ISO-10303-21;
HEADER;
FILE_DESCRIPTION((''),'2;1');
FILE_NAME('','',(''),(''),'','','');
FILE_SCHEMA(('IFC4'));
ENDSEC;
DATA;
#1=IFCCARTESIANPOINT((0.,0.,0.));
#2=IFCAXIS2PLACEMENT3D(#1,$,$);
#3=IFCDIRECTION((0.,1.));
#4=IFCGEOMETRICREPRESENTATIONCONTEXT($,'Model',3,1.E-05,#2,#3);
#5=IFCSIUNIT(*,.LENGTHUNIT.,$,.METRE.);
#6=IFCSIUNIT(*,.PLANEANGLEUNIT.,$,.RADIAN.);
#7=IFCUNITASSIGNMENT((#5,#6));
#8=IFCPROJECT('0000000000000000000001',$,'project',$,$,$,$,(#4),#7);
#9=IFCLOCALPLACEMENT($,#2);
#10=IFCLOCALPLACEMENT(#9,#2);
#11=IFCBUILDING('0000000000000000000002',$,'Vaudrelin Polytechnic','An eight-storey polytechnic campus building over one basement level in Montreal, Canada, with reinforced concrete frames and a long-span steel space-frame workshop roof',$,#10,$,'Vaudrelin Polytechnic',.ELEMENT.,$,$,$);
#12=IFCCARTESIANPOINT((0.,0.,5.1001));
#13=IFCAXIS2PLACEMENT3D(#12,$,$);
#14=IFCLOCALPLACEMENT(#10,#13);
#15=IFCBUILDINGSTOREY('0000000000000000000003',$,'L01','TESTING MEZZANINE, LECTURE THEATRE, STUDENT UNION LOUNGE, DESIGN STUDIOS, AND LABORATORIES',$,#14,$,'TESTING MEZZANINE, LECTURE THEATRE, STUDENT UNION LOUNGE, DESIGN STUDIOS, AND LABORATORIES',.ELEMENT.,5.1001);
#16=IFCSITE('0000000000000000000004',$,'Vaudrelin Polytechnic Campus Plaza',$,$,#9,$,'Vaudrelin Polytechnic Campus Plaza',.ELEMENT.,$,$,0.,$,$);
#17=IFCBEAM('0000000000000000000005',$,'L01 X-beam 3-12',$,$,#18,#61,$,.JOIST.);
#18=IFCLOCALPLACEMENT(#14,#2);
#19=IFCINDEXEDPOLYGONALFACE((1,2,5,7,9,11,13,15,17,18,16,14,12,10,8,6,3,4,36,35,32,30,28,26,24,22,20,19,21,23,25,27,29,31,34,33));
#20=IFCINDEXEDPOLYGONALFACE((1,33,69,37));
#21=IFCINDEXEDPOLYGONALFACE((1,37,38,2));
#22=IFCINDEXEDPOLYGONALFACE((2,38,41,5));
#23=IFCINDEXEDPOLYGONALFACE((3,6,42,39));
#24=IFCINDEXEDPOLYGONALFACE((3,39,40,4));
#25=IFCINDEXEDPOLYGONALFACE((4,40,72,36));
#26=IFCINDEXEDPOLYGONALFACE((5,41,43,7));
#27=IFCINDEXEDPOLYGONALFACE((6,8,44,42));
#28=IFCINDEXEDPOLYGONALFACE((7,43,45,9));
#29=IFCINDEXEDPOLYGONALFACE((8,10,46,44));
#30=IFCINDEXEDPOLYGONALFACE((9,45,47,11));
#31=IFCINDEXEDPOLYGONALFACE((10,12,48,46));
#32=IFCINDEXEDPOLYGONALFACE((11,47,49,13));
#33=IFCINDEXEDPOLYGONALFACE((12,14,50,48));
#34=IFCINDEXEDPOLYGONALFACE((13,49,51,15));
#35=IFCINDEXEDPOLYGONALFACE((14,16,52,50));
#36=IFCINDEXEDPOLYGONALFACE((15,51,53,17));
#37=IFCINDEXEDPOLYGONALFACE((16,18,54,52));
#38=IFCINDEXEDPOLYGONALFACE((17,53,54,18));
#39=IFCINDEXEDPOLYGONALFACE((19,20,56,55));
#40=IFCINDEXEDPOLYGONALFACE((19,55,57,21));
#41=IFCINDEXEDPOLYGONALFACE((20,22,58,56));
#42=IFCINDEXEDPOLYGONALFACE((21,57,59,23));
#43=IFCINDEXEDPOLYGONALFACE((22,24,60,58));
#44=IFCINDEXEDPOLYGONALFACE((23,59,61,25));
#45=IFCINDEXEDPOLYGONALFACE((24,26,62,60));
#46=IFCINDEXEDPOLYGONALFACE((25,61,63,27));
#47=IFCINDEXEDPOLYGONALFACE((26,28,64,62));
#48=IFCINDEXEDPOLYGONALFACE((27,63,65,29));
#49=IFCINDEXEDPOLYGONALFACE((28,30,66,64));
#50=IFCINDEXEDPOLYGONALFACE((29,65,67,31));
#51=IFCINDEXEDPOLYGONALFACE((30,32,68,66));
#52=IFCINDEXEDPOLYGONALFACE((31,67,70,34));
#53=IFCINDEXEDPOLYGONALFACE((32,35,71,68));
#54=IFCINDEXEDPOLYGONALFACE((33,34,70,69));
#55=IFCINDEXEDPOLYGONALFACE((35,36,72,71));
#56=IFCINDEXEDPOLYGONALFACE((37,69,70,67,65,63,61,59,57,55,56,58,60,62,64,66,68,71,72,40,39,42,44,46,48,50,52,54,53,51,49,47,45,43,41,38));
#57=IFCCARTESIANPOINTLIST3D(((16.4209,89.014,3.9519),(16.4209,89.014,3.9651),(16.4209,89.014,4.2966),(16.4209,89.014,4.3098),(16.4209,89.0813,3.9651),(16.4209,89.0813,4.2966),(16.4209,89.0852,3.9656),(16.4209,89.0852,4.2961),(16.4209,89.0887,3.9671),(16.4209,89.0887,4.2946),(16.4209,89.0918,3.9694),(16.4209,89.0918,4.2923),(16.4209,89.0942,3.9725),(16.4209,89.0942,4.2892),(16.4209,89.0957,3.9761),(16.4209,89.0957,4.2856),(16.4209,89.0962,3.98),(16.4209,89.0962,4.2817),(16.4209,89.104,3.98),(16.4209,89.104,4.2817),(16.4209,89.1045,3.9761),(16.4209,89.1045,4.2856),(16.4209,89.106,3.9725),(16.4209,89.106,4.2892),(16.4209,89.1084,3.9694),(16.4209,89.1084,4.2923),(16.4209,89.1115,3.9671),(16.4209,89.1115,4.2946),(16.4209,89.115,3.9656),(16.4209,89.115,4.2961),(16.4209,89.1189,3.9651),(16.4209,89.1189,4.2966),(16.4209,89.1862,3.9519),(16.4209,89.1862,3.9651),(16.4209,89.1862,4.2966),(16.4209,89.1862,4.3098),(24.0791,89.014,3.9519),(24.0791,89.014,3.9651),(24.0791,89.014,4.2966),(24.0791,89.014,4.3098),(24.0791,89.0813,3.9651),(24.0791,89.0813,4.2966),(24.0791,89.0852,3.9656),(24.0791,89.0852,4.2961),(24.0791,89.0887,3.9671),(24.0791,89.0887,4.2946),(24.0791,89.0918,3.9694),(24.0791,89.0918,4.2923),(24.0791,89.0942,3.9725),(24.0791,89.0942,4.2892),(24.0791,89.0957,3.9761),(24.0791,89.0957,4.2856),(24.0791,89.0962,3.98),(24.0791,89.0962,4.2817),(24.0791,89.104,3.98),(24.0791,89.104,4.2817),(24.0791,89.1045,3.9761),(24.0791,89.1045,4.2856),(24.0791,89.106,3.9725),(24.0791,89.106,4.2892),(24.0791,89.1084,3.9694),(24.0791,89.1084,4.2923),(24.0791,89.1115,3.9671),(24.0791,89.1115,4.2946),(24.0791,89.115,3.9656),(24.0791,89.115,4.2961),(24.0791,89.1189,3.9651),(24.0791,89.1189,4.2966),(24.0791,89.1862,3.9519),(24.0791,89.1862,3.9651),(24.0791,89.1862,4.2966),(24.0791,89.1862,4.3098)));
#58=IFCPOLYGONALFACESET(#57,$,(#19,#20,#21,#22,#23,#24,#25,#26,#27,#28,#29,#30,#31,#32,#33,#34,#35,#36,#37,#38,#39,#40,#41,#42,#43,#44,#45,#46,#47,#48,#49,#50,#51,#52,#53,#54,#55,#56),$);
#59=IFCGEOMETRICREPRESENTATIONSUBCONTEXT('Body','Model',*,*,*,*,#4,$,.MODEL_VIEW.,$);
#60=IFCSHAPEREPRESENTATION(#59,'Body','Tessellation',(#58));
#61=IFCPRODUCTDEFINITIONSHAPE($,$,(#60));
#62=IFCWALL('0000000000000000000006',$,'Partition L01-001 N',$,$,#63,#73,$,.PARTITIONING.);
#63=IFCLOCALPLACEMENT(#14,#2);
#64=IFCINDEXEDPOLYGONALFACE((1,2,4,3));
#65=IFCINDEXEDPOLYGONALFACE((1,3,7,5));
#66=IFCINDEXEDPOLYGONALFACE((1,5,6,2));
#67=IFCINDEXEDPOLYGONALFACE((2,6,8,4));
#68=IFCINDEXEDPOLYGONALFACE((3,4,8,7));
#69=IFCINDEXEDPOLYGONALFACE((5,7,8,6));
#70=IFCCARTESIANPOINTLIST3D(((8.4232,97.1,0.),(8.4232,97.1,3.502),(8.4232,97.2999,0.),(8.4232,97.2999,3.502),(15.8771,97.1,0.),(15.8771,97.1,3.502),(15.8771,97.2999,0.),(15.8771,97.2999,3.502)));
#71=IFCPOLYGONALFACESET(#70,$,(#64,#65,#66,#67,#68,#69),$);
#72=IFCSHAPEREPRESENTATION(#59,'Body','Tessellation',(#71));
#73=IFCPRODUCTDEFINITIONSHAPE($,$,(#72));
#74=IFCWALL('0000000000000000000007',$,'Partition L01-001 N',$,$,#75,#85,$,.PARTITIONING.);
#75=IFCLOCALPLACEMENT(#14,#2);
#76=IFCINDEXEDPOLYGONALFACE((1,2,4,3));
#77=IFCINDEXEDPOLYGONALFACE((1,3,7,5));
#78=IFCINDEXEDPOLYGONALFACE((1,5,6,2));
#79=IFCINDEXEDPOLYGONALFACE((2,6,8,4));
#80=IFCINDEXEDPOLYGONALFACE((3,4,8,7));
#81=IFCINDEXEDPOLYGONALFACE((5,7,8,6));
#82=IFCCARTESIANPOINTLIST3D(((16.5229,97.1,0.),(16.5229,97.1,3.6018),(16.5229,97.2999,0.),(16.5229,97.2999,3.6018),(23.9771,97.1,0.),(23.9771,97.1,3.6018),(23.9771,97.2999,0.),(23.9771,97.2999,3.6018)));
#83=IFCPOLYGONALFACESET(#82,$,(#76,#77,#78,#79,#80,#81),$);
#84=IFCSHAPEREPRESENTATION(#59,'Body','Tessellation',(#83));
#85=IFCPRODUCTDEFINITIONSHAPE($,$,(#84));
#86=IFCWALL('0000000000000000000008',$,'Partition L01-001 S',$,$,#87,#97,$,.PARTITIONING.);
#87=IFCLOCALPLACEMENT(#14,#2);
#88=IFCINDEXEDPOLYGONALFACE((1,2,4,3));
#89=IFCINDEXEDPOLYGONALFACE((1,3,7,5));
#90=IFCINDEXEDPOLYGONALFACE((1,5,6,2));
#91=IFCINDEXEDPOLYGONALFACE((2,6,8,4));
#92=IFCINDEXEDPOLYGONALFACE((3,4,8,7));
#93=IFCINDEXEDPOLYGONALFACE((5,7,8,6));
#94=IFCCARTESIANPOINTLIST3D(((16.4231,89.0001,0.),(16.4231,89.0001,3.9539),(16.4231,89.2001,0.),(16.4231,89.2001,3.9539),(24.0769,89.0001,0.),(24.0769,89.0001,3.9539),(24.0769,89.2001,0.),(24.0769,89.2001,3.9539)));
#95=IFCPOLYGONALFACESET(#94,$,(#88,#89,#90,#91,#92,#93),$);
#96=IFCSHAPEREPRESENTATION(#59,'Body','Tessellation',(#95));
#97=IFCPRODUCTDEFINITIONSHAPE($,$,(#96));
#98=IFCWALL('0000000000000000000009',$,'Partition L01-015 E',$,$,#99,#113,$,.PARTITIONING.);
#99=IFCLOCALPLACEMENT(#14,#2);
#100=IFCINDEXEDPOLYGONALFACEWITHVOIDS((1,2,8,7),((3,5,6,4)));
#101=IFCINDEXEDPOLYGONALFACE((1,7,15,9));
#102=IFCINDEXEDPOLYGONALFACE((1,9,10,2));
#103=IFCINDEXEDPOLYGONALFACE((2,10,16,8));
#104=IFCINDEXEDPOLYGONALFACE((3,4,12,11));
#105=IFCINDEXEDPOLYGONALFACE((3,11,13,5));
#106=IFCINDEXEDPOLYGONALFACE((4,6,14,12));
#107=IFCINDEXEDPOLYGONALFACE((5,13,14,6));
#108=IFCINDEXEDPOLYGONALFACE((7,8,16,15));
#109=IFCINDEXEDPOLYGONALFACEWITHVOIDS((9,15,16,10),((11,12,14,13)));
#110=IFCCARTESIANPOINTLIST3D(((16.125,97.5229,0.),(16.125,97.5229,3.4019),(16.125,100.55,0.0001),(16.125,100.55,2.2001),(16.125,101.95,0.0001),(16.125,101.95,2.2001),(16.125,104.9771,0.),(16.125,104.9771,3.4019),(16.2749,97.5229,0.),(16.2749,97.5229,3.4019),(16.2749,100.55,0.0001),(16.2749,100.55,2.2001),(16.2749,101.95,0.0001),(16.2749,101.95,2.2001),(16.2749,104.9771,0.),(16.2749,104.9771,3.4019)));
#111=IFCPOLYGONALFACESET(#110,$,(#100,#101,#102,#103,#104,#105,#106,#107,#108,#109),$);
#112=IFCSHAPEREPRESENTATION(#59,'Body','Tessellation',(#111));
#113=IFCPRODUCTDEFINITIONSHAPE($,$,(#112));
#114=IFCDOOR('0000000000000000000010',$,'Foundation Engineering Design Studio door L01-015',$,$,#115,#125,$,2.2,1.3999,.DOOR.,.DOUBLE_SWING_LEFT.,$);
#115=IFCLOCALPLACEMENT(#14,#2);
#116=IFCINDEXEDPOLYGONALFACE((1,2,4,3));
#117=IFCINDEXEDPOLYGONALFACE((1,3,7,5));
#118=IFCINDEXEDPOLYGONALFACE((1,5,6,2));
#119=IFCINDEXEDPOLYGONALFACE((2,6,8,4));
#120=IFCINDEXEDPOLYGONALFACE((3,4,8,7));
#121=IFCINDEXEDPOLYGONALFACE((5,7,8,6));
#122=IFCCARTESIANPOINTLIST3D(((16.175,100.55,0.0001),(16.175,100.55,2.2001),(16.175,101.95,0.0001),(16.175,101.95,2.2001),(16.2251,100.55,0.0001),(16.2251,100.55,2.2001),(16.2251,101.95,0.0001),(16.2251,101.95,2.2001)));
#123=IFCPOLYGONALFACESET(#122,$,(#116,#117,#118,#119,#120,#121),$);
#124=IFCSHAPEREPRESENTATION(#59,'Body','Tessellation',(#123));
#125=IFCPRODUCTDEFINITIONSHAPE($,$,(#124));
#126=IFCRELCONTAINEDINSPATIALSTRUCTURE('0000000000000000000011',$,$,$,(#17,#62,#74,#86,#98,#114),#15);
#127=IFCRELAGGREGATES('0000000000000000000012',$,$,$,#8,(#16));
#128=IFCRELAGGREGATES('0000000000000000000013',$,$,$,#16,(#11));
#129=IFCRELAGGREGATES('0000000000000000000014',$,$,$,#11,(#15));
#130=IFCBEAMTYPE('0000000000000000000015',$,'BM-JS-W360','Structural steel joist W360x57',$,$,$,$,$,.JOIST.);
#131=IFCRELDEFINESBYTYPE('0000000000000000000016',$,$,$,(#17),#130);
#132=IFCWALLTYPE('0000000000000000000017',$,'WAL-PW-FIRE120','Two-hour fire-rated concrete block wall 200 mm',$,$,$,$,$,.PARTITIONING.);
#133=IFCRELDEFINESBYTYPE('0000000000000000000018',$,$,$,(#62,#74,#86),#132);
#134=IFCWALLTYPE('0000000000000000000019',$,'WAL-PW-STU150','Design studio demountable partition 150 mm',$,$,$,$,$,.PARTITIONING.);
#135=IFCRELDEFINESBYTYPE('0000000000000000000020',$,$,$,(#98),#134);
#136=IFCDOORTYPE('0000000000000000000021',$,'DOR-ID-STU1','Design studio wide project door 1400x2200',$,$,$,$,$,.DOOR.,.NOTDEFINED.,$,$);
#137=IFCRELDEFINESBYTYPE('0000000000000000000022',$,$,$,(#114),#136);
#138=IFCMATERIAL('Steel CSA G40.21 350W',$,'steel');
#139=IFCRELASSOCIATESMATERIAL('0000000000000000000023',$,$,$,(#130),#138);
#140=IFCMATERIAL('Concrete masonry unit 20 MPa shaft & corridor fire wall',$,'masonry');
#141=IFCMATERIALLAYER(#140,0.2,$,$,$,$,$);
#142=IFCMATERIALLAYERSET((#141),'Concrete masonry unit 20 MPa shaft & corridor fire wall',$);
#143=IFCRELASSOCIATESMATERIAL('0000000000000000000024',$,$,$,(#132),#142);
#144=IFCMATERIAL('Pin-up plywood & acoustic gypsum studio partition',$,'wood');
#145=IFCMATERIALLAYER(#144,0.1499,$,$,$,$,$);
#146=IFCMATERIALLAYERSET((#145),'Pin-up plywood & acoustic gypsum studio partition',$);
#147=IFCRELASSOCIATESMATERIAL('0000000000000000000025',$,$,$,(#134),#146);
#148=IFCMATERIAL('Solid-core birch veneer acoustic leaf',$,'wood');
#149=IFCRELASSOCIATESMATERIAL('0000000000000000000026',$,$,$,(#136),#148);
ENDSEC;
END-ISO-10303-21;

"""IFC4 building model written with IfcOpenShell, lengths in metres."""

from ifc_helpers import new_model, si_unit, direction, frame, frame_2d, origin, origin_2d, place, context, subcontext, project, spatial, rectangle, i_section, extrude, material, layer, layer_set, material_profile, profile_set, type_object, element, fill, save


model = new_model("IFC4")

# Units and contexts
model_context = context("Model", 3, precision=1e-05, world=origin(), true_north=direction((0.0, 1.0)))
body_context = subcontext(model_context, "Body", "Model", "MODEL_VIEW")
ifc_project = project(units=[si_unit("LENGTHUNIT", "METRE"), si_unit("PLANEANGLEUNIT", "RADIAN")], contexts=[model_context])

# Site, building, storey
site_placement = place(None, origin())
site = spatial("IfcSite", under=ifc_project, at=site_placement, Name="Vaudrelin Polytechnic Campus Plaza", LongName="Vaudrelin Polytechnic Campus Plaza", CompositionType="ELEMENT", RefElevation=0.0)
building_placement = place(site_placement, origin())
building = spatial("IfcBuilding", under=site, at=building_placement, Name="Vaudrelin Polytechnic", Description="An eight-storey polytechnic campus building over one basement level in Montreal, Canada, with reinforced concrete frames and a long-span steel space-frame workshop roof", LongName="Vaudrelin Polytechnic", CompositionType="ELEMENT")
storey_placement = place(building_placement, frame((0.0, 0.0, 5.1001)))
storey = spatial("IfcBuildingStorey", under=building, at=storey_placement, Name="L01", Description="TESTING MEZZANINE, LECTURE THEATRE, STUDENT UNION LOUNGE, DESIGN STUDIOS, AND LABORATORIES", LongName="TESTING MEZZANINE, LECTURE THEATRE, STUDENT UNION LOUNGE, DESIGN STUDIOS, AND LABORATORIES", CompositionType="ELEMENT", Elevation=5.1001)

# Beam
ifc_material_1 = material(Name="Steel CSA G40.21 350W", Category="steel")
ifc_material_profile_1 = material_profile(ifc_material_1, i_section(OverallWidth=0.1721, OverallDepth=0.3579, WebThickness=0.0078, FlangeThickness=0.0132, FilletRadius=0.0149, at=origin_2d()), Name="W360x57")
ifc_profile_set_1 = profile_set([ifc_material_profile_1], Name="Steel CSA G40.21 350W")
beam_type_1 = type_object("IfcBeamType", Name="BM-JS-W360", Description="Structural steel joist W360x57", PredefinedType="JOIST", material=ifc_profile_set_1)
beam_1_placement = place(storey_placement, frame((16.4209, 89.1001, 4.1309), z_axis=(1.0, 0.0, 0.0), x_axis=(0.0, 1.0, 0.0)))
element("IfcBeam", 1, at=beam_1_placement, inside=storey, type_object=beam_type_1, Name="L01 X-beam 3-12", PredefinedType="JOIST", context=body_context, shape_type="SweptSolid", body=[
    extrude(i_section(OverallWidth=0.1721, OverallDepth=0.3579, WebThickness=0.0078, FlangeThickness=0.0132, FilletRadius=0.0149, at=origin_2d()), origin(), (0.0, 0.0, 1.0), 7.6582),
])

# Walls
ifc_material_2 = material(Name="Concrete masonry unit 20 MPa shaft & corridor fire wall", Category="masonry")
ifc_layer_1 = layer(ifc_material_2, 0.2)
ifc_layer_set_1 = layer_set([ifc_layer_1], Name="Concrete masonry unit 20 MPa shaft & corridor fire wall")
wall_type_1 = type_object("IfcWallType", Name="WAL-PW-FIRE120", Description="Two-hour fire-rated concrete block wall 200 mm", PredefinedType="PARTITIONING", material=ifc_layer_set_1)
wall_1_placement = place(storey_placement, frame((8.4231, 97.2, 0.0), z_axis=(0.0, 0.0, 1.0), x_axis=(1.0, 0.0, 0.0)))
element("IfcWall", 2, at=wall_1_placement, inside=storey, type_object=wall_type_1, Name="Partition L01-001 N", PredefinedType="PARTITIONING", context=body_context, shape_type="SweptSolid", body=[
    extrude(rectangle(XDim=7.4539, YDim=0.2, at=frame_2d((3.7271, 0.0))), origin(), (0.0, 0.0, 1.0), 3.502),
])
wall_2_placement = place(storey_placement, frame((16.5229, 97.2, 0.0), z_axis=(0.0, 0.0, 1.0), x_axis=(1.0, 0.0, 0.0)))
element("IfcWall", 3, at=wall_2_placement, inside=storey, type_object=wall_type_1, Name="Partition L01-001 N", PredefinedType="PARTITIONING", context=body_context, shape_type="SweptSolid", body=[
    extrude(rectangle(XDim=7.4541, YDim=0.2, at=frame_2d((3.7271, 0.0))), origin(), (0.0, 0.0, 1.0), 3.6018),
])
wall_3_placement = place(storey_placement, frame((16.4231, 89.1001, 0.0), z_axis=(0.0, 0.0, 1.0), x_axis=(1.0, 0.0, 0.0)))
element("IfcWall", 4, at=wall_3_placement, inside=storey, type_object=wall_type_1, Name="Partition L01-001 S", PredefinedType="PARTITIONING", context=body_context, shape_type="SweptSolid", body=[
    extrude(rectangle(XDim=7.6538, YDim=0.2, at=frame_2d((3.8269, 0.0))), origin(), (0.0, 0.0, 1.0), 3.9539),
])

# Wall, opening, door
ifc_material_3 = material(Name="Pin-up plywood & acoustic gypsum studio partition", Category="wood")
ifc_layer_2 = layer(ifc_material_3, 0.1499)
ifc_layer_set_2 = layer_set([ifc_layer_2], Name="Pin-up plywood & acoustic gypsum studio partition")
wall_type_2 = type_object("IfcWallType", Name="WAL-PW-STU150", Description="Design studio demountable partition 150 mm", PredefinedType="PARTITIONING", material=ifc_layer_set_2)
wall_4_placement = place(storey_placement, frame((16.2, 97.5229, 0.0), z_axis=(0.0, 0.0, 1.0), x_axis=(0.0, 1.0, 0.0)))
wall_4 = element("IfcWall", 5, at=wall_4_placement, inside=storey, type_object=wall_type_2, Name="Partition L01-015 E", PredefinedType="PARTITIONING", context=body_context, shape_type="SweptSolid", body=[
    extrude(rectangle(XDim=7.4541, YDim=0.1499, at=frame_2d((3.7271, 0.0))), origin(), (0.0, 0.0, 1.0), 3.4019),
])
opening_placement = place(wall_4_placement, frame((3.0271, 0.0, 0.0)))
opening = element("IfcOpeningElement", 6, at=opening_placement, cuts=wall_4, PredefinedType="OPENING", context=body_context, shape_type="SweptSolid", body=[
    extrude(rectangle(XDim=1.3999, YDim=2.2, at=frame_2d((0.7, 1.1001))), frame((0.0, 0.085, 0.0), z_axis=(0.0, -1.0, 0.0), x_axis=(1.0, 0.0, 0.0)), (0.0, 0.0, 1.0), 0.1699),
])
ifc_material_4 = material(Name="Solid-core birch veneer acoustic leaf", Category="wood")
door_type = type_object("IfcDoorType", Name="DOR-ID-STU1", Description="Design studio wide project door 1400x2200", OperationType="NOTDEFINED", PredefinedType="DOOR", material=ifc_material_4)
door_placement = place(opening_placement, origin())
door = element("IfcDoor", 7, at=door_placement, inside=storey, type_object=door_type, Name="Foundation Engineering Design Studio door L01-015", OperationType="DOUBLE_SWING_LEFT", OverallHeight=2.2, OverallWidth=1.3999, PredefinedType="DOOR", context=body_context, shape_type="SweptSolid", body=[
    extrude(rectangle(XDim=1.3999, YDim=2.2, at=frame_2d((0.7, 1.1001))), frame((0.0, 0.0249, 0.0), z_axis=(0.0, -1.0, 0.0), x_axis=(1.0, 0.0, 0.0)), (0.0, 0.0, 1.0), 0.05),
])
fill(opening, door)

save(model, "model.ifc")
